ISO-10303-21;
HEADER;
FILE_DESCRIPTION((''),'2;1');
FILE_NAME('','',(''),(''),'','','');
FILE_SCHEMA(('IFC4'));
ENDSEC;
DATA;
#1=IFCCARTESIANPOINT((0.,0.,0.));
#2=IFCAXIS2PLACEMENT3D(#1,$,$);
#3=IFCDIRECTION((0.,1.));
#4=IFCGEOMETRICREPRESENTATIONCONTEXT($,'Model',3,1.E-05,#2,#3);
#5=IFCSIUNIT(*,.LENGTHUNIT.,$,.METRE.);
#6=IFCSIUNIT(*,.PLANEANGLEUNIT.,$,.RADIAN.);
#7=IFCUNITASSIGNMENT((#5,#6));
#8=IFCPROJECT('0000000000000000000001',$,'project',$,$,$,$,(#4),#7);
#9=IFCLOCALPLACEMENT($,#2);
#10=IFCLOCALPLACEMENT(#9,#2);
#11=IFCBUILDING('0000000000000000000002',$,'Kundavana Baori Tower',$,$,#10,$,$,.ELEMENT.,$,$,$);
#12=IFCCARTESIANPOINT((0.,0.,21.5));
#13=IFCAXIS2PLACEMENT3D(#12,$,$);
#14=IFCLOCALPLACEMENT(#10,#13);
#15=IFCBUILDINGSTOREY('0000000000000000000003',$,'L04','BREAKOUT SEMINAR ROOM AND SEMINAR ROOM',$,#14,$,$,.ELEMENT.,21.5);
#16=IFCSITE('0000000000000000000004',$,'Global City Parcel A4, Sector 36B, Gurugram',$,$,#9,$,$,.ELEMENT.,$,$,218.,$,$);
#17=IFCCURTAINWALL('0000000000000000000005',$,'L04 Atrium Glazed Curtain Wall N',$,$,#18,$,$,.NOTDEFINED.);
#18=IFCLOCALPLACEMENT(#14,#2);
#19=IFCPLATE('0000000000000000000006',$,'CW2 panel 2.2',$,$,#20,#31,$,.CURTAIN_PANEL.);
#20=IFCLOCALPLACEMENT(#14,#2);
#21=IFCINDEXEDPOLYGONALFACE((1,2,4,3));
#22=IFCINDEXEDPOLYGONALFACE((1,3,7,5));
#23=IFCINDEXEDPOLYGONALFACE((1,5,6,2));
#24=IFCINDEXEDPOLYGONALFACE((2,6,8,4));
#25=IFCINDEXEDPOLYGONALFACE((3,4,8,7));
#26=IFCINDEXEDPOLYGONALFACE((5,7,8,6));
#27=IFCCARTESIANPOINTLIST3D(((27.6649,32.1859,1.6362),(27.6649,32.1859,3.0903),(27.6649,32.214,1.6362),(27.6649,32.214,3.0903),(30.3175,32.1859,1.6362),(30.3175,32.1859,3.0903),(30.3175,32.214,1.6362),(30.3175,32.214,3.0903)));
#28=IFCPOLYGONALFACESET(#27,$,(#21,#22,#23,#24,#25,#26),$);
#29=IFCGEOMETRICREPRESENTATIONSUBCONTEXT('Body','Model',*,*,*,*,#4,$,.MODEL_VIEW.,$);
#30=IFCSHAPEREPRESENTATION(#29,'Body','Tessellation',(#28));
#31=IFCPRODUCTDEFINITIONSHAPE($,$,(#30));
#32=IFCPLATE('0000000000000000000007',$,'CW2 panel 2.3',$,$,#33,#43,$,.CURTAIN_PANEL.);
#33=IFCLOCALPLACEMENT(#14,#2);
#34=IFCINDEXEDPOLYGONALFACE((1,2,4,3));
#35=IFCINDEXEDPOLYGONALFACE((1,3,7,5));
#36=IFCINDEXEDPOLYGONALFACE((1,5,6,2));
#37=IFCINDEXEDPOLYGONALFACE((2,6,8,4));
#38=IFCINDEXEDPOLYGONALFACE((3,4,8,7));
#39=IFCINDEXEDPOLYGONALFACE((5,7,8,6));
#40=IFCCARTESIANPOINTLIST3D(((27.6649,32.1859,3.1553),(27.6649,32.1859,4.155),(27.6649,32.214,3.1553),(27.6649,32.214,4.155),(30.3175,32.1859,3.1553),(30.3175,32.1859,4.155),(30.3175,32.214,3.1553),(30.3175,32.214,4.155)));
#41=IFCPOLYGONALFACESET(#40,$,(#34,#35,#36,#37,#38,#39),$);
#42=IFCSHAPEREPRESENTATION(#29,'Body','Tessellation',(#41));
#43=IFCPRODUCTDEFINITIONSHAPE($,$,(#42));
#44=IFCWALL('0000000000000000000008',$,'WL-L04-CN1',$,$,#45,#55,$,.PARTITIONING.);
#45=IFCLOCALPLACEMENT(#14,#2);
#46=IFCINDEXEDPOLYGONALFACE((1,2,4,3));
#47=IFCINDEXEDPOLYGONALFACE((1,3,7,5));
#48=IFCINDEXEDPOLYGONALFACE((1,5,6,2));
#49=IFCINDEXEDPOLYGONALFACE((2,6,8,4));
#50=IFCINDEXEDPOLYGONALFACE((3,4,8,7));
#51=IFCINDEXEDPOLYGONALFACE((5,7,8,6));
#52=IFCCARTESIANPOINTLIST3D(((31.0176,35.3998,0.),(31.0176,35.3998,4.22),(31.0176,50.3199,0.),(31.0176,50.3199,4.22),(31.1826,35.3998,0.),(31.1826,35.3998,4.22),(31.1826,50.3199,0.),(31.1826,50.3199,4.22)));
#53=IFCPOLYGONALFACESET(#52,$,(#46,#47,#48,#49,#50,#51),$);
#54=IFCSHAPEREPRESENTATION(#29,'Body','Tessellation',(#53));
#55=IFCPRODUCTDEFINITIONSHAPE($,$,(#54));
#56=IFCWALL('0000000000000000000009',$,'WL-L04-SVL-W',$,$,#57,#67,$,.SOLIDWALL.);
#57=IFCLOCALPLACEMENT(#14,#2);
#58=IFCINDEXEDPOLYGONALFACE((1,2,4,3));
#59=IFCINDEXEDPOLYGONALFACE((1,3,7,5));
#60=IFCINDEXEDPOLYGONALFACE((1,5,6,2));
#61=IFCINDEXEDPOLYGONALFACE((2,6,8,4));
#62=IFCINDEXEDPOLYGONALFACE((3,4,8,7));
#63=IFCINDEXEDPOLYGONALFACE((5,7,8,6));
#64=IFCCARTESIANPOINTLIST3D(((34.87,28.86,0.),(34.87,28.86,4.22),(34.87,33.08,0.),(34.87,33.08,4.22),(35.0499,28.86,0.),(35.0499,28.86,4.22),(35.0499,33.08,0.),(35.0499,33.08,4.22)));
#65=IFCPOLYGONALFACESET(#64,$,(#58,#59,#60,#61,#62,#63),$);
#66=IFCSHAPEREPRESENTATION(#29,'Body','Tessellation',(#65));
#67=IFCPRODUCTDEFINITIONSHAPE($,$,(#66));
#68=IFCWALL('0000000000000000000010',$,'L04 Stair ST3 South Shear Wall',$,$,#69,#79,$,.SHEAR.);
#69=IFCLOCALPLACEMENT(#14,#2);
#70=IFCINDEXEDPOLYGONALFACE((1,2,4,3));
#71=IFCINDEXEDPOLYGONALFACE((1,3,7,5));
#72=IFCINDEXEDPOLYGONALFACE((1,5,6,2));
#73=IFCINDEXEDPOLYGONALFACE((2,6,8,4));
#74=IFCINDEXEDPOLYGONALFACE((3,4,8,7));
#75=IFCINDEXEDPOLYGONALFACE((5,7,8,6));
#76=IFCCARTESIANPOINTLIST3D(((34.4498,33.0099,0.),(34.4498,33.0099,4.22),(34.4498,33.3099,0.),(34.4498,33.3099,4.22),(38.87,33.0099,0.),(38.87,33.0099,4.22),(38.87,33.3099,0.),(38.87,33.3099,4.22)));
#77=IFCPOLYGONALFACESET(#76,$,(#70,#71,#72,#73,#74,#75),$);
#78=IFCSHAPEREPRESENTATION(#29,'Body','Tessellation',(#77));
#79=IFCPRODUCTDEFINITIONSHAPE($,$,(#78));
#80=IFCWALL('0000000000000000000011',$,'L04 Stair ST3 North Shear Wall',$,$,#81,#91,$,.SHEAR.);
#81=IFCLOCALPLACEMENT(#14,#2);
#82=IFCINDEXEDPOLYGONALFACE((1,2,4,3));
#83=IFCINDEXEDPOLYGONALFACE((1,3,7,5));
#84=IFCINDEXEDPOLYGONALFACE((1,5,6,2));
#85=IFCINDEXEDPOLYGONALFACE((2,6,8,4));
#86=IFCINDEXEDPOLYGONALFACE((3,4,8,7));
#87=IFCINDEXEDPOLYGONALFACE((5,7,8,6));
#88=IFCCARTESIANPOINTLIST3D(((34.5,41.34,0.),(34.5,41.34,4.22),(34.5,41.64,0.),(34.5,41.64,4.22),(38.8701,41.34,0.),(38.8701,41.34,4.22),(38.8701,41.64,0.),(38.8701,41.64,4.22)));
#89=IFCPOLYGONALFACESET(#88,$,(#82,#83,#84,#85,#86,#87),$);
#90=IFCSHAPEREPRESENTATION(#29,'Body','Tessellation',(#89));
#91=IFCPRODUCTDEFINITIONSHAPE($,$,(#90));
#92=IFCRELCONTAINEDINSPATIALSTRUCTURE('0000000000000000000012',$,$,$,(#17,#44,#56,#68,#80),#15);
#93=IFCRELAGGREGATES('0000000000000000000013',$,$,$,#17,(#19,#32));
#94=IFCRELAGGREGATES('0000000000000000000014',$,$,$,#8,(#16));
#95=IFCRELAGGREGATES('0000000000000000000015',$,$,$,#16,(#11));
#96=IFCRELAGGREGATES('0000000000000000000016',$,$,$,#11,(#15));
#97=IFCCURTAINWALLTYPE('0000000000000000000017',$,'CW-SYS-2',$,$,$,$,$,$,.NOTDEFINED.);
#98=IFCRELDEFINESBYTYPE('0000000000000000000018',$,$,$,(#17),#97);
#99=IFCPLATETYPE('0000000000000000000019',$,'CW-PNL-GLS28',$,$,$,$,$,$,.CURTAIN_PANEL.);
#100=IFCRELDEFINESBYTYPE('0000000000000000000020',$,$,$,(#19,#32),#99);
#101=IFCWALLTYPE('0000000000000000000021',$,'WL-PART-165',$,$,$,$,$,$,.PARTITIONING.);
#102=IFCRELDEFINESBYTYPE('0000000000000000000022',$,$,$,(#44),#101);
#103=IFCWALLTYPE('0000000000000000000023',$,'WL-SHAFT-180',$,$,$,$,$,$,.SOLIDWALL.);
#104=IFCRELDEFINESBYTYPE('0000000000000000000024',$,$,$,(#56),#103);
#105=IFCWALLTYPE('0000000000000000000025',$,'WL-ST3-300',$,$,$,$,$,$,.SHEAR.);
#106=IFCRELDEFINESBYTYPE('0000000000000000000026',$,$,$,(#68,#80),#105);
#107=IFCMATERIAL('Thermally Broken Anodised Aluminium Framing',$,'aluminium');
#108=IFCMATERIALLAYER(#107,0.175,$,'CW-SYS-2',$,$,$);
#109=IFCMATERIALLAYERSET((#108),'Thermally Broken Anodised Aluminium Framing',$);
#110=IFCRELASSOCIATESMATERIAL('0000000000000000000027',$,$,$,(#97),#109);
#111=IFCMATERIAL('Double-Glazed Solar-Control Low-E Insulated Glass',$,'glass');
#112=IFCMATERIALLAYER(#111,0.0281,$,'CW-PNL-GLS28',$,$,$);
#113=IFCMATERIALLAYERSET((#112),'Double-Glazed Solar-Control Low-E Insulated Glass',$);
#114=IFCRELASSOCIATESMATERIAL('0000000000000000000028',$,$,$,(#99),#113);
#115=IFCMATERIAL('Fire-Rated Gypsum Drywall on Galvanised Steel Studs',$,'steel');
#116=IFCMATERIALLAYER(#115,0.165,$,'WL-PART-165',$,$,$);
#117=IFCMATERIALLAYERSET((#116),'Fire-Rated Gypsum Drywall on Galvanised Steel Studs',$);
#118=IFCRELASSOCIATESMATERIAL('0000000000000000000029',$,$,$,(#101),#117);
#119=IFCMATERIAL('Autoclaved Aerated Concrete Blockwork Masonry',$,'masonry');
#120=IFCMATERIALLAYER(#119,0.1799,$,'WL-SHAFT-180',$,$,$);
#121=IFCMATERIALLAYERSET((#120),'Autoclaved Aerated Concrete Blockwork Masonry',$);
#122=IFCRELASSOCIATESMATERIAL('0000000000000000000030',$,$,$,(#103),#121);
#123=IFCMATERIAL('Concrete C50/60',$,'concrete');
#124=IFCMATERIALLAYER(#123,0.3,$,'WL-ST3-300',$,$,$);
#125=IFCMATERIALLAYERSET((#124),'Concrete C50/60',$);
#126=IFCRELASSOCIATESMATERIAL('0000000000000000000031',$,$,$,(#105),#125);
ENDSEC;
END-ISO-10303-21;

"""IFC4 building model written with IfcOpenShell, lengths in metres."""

from ifc_helpers import new_model, si_unit, direction, frame, frame_2d, origin, origin_2d, place, context, subcontext, project, spatial, rectangle, extrude, material, layer, layer_set, type_object, element, aggregate, save


model = new_model("IFC4")

# Units and contexts
model_context = context("Model", 3, precision=1e-05, world=origin(), true_north=direction((0.0, 1.0)))
body_context = subcontext(model_context, "Body", "Model", "MODEL_VIEW")
ifc_project = project(units=[si_unit("LENGTHUNIT", "METRE"), si_unit("PLANEANGLEUNIT", "RADIAN")], contexts=[model_context])

# Site, building, storey
site_placement = place(None, origin())
site = spatial("IfcSite", under=ifc_project, at=site_placement, Name="Global City Parcel A4, Sector 36B, Gurugram", CompositionType="ELEMENT", RefElevation=218.0)
building_placement = place(site_placement, origin())
building = spatial("IfcBuilding", under=site, at=building_placement, Name="Kundavana Baori Tower", CompositionType="ELEMENT")
storey_placement = place(building_placement, frame((0.0, 0.0, 21.5)))
storey = spatial("IfcBuildingStorey", under=building, at=storey_placement, Name="L04", Description="BREAKOUT SEMINAR ROOM AND SEMINAR ROOM", CompositionType="ELEMENT", Elevation=21.5)

# Curtain wall
ifc_material_1 = material(Name="Thermally Broken Anodised Aluminium Framing", Category="aluminium")
ifc_layer_1 = layer(ifc_material_1, 0.175, Name="CW-SYS-2")
ifc_layer_set_1 = layer_set([ifc_layer_1], Name="Thermally Broken Anodised Aluminium Framing")
curtain_wall_type = type_object("IfcCurtainWallType", Name="CW-SYS-2", PredefinedType="NOTDEFINED", material=ifc_layer_set_1)
curtain_wall_1_placement = place(storey_placement, origin())
curtain_wall_1 = element("IfcCurtainWall", 1, at=curtain_wall_1_placement, inside=storey, type_object=curtain_wall_type, Name="L04 Atrium Glazed Curtain Wall N", PredefinedType="NOTDEFINED")

# Plates
ifc_material_2 = material(Name="Double-Glazed Solar-Control Low-E Insulated Glass", Category="glass")
ifc_layer_2 = layer(ifc_material_2, 0.0281, Name="CW-PNL-GLS28")
ifc_layer_set_2 = layer_set([ifc_layer_2], Name="Double-Glazed Solar-Control Low-E Insulated Glass")
plate_type = type_object("IfcPlateType", Name="CW-PNL-GLS28", PredefinedType="CURTAIN_PANEL", material=ifc_layer_set_2)
plate_1_placement = place(storey_placement, frame((28.9912, 32.2, 1.6362), z_axis=(0.0, 0.0, 1.0), x_axis=(-1.0, 0.0, 0.0)))
plate_1 = element("IfcPlate", 2, at=plate_1_placement, type_object=plate_type, Name="CW2 panel 2.2", PredefinedType="CURTAIN_PANEL", context=body_context, shape_type="SweptSolid", body=[
    extrude(rectangle(XDim=2.6526, YDim=0.0281, at=origin_2d()), origin(), (0.0, 0.0, 1.0), 1.4541),
])
plate_2_placement = place(storey_placement, frame((28.9912, 32.2, 3.1553), z_axis=(0.0, 0.0, 1.0), x_axis=(-1.0, 0.0, 0.0)))
plate_2 = element("IfcPlate", 3, at=plate_2_placement, type_object=plate_type, Name="CW2 panel 2.3", PredefinedType="CURTAIN_PANEL", context=body_context, shape_type="SweptSolid", body=[
    extrude(rectangle(XDim=2.6526, YDim=0.0281, at=origin_2d()), origin(), (0.0, 0.0, 1.0), 0.9998),
])
aggregate(curtain_wall_1, [plate_1, plate_2])

# Walls
ifc_material_3 = material(Name="Fire-Rated Gypsum Drywall on Galvanised Steel Studs", Category="steel")
ifc_layer_3 = layer(ifc_material_3, 0.165, Name="WL-PART-165")
ifc_layer_set_3 = layer_set([ifc_layer_3], Name="Fire-Rated Gypsum Drywall on Galvanised Steel Studs")
wall_type_1 = type_object("IfcWallType", Name="WL-PART-165", PredefinedType="PARTITIONING", material=ifc_layer_set_3)
wall_1_placement = place(storey_placement, frame((31.1001, 35.3999, 0.0), z_axis=(0.0, 0.0, 1.0), x_axis=(0.0, 1.0, 0.0)))
element("IfcWall", 4, at=wall_1_placement, inside=storey, type_object=wall_type_1, Name="WL-L04-CN1", PredefinedType="PARTITIONING", context=body_context, shape_type="SweptSolid", body=[
    extrude(rectangle(XDim=14.9202, YDim=0.165, at=frame_2d((7.46, 0.0))), origin(), (0.0, 0.0, 1.0), 4.22),
])
ifc_material_4 = material(Name="Autoclaved Aerated Concrete Blockwork Masonry", Category="masonry")
ifc_layer_4 = layer(ifc_material_4, 0.1799, Name="WL-SHAFT-180")
ifc_layer_set_4 = layer_set([ifc_layer_4], Name="Autoclaved Aerated Concrete Blockwork Masonry")
wall_type_2 = type_object("IfcWallType", Name="WL-SHAFT-180", PredefinedType="SOLIDWALL", material=ifc_layer_set_4)
wall_2_placement = place(storey_placement, frame((34.96, 28.8601, 0.0), z_axis=(0.0, 0.0, 1.0), x_axis=(0.0, 1.0, 0.0)))
element("IfcWall", 5, at=wall_2_placement, inside=storey, type_object=wall_type_2, Name="WL-L04-SVL-W", PredefinedType="SOLIDWALL", context=body_context, shape_type="SweptSolid", body=[
    extrude(rectangle(XDim=4.22, YDim=0.1799, at=frame_2d((2.1099, 0.0))), origin(), (0.0, 0.0, 1.0), 4.22),
])
ifc_material_5 = material(Name="Concrete C50/60", Category="concrete")
ifc_layer_5 = layer(ifc_material_5, 0.3, Name="WL-ST3-300")
ifc_layer_set_5 = layer_set([ifc_layer_5], Name="Concrete C50/60")
wall_type_3 = type_object("IfcWallType", Name="WL-ST3-300", PredefinedType="SHEAR", material=ifc_layer_set_5)
wall_3_placement = place(storey_placement, frame((34.45, 33.1599, 0.0), z_axis=(0.0, 0.0, 1.0), x_axis=(1.0, 0.0, 0.0)))
element("IfcWall", 6, at=wall_3_placement, inside=storey, type_object=wall_type_3, Name="L04 Stair ST3 South Shear Wall", PredefinedType="SHEAR", context=body_context, shape_type="SweptSolid", body=[
    extrude(rectangle(XDim=4.4202, YDim=0.3, at=frame_2d((2.21, 0.0))), origin(), (0.0, 0.0, 1.0), 4.22),
])
wall_4_placement = place(storey_placement, frame((34.5, 41.49, 0.0), z_axis=(0.0, 0.0, 1.0), x_axis=(1.0, 0.0, 0.0)))
element("IfcWall", 7, at=wall_4_placement, inside=storey, type_object=wall_type_3, Name="L04 Stair ST3 North Shear Wall", PredefinedType="SHEAR", context=body_context, shape_type="SweptSolid", body=[
    extrude(rectangle(XDim=4.3701, YDim=0.3, at=frame_2d((2.1851, 0.0))), origin(), (0.0, 0.0, 1.0), 4.22),
])

save(model, "model.ifc")
